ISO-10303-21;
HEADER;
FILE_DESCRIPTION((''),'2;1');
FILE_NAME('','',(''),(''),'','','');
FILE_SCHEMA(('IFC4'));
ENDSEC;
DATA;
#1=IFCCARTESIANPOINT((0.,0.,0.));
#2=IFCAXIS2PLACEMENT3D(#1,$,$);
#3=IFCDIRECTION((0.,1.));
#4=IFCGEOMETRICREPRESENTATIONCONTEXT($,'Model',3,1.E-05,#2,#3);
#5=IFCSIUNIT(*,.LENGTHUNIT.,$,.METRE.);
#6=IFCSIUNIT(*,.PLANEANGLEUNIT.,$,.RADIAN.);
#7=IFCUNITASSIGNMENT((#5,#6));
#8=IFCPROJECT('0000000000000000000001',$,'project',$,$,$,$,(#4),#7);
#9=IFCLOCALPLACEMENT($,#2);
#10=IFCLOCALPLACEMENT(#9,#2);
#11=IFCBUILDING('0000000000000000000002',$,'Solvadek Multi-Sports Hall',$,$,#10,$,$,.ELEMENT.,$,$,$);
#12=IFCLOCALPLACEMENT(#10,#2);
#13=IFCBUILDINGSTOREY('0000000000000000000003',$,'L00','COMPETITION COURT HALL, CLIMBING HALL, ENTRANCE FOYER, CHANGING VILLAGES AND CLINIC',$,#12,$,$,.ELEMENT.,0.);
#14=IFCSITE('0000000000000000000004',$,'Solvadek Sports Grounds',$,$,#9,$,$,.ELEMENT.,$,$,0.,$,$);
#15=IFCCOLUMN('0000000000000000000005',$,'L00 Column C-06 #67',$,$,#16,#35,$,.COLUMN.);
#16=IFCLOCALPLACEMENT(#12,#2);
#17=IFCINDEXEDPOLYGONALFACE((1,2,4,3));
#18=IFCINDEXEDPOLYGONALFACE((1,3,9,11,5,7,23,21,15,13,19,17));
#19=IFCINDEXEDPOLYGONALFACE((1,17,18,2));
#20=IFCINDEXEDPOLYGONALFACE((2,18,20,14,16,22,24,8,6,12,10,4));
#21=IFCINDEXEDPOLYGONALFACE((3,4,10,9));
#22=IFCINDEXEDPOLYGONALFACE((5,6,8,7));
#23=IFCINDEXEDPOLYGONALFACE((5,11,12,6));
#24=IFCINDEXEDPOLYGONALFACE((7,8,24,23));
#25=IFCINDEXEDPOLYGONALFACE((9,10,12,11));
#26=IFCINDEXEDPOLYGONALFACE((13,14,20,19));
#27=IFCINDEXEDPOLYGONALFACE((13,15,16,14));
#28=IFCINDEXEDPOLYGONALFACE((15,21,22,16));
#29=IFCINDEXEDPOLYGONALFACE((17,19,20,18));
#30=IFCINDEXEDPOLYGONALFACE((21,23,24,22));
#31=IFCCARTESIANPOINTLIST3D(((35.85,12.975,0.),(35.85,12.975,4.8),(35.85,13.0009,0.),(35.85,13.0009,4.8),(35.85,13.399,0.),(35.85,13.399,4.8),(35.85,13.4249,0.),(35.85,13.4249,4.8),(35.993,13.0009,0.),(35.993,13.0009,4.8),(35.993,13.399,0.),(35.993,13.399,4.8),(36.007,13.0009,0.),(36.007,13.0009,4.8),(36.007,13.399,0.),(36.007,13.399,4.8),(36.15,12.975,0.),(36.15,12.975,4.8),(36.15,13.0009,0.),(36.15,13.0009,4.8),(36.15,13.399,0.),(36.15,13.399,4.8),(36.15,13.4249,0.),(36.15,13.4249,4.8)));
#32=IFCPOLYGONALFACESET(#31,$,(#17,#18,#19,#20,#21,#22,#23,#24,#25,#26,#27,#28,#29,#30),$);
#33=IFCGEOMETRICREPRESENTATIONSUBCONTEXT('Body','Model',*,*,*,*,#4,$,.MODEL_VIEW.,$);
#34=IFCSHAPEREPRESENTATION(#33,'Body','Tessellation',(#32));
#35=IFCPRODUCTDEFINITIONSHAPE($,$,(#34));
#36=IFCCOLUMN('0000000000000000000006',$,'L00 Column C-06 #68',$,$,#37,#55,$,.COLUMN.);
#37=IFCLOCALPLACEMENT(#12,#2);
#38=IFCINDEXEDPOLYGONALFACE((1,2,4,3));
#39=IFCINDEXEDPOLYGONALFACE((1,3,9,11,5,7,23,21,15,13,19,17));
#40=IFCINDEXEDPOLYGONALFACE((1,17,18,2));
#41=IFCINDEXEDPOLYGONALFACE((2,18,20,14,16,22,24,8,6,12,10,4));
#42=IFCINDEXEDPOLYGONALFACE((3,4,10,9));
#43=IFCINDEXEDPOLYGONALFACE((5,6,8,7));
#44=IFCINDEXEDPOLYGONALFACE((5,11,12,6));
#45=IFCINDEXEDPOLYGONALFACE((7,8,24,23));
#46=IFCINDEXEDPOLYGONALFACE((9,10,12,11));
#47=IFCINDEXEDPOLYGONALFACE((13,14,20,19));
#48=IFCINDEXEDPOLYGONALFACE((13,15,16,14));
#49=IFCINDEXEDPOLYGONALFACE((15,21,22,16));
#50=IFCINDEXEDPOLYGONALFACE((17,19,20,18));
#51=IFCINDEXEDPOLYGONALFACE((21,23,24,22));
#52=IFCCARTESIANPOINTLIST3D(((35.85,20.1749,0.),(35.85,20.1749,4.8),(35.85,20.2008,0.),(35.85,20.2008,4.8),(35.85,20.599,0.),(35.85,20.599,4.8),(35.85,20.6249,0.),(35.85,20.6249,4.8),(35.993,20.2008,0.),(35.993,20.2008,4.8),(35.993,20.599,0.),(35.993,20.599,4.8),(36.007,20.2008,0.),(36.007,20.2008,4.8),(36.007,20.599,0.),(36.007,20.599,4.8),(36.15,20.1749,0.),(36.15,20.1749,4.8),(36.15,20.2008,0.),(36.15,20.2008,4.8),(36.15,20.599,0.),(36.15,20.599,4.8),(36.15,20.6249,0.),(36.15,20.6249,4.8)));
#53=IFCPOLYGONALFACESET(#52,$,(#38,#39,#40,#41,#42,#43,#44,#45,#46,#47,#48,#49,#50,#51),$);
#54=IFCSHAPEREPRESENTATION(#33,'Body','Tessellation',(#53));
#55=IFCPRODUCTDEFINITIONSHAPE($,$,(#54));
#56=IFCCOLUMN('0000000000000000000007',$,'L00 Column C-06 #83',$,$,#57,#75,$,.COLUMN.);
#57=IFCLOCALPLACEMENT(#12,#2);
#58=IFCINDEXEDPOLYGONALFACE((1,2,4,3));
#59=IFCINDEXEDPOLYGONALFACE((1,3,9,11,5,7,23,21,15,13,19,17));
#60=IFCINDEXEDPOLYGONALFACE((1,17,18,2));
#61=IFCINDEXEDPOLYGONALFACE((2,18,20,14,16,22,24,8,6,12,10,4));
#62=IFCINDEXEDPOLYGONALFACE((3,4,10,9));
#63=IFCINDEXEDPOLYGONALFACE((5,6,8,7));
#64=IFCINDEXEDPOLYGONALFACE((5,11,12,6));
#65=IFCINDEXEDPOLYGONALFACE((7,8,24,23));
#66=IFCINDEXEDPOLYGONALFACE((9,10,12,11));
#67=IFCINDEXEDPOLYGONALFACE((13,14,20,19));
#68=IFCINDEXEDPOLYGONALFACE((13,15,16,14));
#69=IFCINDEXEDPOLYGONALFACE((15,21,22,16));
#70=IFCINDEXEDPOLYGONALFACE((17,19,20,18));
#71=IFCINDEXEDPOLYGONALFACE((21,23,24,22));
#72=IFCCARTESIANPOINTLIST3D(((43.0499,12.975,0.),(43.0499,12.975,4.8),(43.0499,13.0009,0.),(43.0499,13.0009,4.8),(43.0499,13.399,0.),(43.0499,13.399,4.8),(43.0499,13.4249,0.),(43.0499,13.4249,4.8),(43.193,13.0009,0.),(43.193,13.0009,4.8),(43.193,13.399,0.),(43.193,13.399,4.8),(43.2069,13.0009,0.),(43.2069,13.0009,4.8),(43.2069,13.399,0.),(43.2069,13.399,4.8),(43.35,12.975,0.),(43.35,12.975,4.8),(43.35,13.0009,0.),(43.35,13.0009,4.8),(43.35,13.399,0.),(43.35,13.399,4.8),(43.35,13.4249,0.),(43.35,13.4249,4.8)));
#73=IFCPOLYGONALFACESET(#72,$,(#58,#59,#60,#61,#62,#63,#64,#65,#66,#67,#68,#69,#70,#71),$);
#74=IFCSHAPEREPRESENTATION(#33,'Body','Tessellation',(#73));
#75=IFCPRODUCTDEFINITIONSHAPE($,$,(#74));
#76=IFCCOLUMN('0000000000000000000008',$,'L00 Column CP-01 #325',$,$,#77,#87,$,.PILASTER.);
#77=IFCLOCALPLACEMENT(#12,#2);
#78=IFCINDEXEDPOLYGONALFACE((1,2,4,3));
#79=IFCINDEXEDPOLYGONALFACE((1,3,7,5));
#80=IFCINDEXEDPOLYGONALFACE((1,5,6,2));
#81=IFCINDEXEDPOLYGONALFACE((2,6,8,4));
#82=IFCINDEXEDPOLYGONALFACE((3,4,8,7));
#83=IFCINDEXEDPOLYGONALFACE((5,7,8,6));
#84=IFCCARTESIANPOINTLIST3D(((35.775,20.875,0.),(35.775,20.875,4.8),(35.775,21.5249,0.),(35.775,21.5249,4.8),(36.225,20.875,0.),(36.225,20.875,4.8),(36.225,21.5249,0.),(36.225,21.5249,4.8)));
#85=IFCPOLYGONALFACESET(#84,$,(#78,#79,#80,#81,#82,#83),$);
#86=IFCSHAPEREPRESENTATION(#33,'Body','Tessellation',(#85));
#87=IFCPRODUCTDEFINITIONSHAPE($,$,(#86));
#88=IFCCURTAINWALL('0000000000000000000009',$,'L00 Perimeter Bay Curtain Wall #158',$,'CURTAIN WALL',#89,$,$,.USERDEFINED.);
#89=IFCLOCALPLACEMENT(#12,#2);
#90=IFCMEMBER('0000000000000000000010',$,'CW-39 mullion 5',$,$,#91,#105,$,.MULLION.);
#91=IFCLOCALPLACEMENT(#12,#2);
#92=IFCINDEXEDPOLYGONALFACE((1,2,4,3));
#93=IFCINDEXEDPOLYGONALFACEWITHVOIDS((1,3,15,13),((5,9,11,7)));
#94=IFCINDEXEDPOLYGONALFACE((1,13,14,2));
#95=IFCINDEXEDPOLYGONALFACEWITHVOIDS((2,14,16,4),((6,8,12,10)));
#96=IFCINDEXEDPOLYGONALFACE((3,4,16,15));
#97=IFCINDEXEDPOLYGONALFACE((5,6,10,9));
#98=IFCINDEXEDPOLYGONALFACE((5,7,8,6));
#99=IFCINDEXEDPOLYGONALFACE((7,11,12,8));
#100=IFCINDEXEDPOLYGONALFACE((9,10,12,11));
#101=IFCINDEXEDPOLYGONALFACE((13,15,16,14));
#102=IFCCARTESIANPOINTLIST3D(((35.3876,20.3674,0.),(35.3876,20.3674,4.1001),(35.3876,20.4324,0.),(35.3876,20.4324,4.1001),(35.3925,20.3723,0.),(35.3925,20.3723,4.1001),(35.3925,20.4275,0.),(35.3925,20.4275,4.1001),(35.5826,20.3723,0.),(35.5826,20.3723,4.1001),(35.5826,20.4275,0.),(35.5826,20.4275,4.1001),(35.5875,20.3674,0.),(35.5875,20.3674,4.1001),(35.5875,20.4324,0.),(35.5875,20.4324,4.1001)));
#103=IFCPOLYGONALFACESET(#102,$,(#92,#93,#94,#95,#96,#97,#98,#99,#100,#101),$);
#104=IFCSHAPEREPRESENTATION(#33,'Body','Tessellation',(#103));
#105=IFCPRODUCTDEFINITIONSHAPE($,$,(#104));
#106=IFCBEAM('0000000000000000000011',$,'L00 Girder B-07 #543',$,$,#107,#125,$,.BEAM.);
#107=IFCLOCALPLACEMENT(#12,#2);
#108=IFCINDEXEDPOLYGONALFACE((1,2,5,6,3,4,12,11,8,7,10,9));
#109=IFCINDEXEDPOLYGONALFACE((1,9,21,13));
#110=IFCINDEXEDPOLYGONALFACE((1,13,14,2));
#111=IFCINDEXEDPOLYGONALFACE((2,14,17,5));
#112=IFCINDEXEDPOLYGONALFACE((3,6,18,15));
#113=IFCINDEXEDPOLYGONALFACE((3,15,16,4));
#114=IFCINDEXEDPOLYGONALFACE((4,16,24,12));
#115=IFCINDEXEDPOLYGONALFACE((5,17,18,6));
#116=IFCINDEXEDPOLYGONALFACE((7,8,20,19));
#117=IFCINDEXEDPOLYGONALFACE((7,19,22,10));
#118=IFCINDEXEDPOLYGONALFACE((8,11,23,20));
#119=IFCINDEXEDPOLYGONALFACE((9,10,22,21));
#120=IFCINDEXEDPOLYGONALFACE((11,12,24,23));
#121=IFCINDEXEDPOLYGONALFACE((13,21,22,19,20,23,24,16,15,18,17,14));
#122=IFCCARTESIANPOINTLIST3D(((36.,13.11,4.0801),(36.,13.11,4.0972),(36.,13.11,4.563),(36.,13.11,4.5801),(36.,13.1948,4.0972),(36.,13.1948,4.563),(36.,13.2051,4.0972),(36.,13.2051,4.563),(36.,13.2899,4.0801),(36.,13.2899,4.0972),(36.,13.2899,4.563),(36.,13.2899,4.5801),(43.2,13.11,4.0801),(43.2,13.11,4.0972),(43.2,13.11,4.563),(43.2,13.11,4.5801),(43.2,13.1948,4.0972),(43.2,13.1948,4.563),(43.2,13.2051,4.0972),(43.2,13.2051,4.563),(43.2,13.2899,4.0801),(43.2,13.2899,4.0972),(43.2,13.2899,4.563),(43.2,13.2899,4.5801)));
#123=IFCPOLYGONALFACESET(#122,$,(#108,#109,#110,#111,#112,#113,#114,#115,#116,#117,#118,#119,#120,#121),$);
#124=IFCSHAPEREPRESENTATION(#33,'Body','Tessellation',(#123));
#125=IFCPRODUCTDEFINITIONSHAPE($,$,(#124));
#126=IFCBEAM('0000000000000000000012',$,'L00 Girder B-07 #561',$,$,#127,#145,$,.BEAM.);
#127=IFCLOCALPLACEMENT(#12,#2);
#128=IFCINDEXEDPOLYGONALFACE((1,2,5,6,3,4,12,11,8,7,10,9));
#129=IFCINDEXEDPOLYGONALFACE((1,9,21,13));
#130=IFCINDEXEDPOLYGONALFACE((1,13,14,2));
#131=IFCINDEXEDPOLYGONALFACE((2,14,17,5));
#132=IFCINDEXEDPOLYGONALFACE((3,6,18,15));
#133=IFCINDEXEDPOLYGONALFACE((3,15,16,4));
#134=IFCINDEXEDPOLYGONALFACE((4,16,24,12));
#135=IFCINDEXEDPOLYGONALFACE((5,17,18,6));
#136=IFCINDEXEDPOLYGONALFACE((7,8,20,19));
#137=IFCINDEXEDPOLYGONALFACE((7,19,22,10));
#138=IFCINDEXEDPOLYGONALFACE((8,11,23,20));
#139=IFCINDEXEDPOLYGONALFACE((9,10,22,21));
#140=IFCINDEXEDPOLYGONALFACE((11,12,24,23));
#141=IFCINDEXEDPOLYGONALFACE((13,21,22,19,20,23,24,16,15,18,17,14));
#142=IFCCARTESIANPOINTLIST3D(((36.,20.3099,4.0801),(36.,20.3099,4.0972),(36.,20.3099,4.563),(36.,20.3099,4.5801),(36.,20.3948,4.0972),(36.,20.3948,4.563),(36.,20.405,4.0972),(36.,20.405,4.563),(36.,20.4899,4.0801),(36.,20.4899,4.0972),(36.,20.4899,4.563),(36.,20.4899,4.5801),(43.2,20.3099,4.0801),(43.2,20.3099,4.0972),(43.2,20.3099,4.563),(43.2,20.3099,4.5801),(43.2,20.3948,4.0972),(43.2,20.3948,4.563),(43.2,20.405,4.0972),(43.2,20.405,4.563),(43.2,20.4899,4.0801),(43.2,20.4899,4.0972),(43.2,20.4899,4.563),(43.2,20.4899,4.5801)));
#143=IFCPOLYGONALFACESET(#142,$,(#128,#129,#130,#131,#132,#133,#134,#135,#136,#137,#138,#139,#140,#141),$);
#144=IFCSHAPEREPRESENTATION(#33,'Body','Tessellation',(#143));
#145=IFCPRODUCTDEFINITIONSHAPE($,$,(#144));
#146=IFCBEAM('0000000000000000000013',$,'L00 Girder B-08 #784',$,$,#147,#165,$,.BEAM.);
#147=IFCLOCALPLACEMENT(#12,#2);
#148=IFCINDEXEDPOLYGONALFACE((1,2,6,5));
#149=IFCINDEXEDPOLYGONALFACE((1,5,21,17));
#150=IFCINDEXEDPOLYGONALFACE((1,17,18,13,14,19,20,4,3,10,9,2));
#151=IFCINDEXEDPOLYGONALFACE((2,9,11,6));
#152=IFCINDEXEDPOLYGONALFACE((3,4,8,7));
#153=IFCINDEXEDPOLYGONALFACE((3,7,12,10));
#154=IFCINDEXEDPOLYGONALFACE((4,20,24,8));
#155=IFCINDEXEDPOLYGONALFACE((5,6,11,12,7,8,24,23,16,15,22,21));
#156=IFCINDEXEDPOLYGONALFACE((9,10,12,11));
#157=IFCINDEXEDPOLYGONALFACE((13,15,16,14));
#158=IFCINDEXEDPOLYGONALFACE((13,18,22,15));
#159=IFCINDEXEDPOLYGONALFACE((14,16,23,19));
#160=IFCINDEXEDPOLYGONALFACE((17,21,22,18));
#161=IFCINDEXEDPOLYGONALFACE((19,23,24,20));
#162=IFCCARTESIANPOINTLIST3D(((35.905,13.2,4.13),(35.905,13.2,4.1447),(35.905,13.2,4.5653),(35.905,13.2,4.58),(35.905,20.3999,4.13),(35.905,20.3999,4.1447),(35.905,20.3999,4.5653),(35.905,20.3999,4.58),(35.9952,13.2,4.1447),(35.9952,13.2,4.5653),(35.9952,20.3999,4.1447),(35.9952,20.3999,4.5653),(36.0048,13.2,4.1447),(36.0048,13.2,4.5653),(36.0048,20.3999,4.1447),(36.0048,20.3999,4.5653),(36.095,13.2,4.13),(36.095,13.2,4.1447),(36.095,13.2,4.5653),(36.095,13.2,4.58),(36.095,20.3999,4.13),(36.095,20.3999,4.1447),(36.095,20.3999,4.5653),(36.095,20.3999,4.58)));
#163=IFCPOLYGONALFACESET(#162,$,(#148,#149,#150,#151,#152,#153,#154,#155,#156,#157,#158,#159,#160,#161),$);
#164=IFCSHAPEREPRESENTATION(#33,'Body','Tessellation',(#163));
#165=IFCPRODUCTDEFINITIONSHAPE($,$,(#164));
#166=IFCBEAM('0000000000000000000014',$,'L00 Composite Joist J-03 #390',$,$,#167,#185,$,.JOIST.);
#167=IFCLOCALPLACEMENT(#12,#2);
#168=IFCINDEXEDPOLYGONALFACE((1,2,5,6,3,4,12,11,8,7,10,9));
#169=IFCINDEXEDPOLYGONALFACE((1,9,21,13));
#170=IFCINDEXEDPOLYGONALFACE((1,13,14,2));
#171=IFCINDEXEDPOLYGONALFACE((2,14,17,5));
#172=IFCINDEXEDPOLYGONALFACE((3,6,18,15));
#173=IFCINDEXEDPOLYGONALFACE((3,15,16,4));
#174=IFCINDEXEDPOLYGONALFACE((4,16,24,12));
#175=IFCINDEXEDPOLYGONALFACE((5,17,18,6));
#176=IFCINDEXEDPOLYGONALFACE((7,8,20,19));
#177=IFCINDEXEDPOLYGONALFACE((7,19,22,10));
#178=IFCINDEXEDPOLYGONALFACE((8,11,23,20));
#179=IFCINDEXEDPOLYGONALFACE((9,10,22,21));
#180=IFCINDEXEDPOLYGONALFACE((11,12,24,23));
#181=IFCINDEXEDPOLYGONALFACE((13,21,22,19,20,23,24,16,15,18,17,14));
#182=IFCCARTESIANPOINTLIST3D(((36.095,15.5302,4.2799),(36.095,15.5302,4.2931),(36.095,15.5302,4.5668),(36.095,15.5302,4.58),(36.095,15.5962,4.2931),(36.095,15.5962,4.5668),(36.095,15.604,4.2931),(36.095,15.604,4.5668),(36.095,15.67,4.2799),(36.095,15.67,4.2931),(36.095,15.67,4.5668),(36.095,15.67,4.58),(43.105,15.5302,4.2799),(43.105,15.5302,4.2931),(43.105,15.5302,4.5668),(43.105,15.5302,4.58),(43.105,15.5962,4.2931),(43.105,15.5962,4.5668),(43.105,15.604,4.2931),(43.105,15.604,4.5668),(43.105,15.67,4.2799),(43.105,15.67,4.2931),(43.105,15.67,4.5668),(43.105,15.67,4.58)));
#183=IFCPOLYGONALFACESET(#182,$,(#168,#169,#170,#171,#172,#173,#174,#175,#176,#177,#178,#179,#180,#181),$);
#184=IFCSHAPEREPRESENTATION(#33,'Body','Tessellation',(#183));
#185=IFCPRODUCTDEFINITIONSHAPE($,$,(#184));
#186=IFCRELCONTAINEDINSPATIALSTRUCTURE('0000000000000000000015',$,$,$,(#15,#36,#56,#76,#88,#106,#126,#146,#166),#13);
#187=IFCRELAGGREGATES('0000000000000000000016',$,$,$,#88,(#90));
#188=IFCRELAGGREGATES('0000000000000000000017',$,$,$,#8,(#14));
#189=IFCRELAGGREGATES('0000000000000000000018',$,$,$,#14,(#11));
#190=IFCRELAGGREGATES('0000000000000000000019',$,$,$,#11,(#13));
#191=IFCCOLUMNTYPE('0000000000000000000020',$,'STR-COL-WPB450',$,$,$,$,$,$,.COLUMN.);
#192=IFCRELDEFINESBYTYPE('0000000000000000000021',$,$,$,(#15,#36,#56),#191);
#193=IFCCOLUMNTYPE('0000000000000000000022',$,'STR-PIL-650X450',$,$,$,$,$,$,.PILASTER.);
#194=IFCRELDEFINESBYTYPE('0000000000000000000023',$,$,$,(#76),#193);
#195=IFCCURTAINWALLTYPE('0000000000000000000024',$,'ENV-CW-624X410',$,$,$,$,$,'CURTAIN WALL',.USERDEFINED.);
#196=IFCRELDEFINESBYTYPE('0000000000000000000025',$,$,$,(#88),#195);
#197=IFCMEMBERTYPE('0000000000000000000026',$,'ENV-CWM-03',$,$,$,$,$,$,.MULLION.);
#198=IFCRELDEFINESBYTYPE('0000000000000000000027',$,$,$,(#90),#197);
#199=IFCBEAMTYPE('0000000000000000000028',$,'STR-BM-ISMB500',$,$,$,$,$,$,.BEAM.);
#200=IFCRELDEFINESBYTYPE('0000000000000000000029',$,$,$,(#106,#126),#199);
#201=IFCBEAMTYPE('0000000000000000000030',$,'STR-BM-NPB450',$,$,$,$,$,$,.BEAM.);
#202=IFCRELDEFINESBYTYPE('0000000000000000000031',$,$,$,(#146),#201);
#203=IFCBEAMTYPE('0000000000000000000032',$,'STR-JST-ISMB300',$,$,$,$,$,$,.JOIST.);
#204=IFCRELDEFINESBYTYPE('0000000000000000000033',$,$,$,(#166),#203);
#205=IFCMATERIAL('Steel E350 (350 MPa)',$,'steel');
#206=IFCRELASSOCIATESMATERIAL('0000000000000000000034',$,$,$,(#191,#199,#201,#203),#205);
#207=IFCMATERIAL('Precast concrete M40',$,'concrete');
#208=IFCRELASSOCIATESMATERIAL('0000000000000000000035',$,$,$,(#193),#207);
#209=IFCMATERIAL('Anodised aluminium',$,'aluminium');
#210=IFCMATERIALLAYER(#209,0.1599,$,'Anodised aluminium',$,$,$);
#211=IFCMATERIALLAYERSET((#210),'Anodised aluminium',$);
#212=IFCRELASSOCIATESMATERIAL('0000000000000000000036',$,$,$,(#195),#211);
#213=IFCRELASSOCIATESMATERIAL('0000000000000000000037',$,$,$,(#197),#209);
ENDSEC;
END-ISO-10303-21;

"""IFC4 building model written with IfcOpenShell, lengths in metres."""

from ifc_helpers import new_model, si_unit, direction, frame, origin, origin_2d, place, context, subcontext, project, spatial, rectangle, hollow_rectangle, i_section, extrude, material, layer, layer_set, material_profile, profile_set, type_object, element, aggregate, save


model = new_model("IFC4")

# Units and contexts
model_context = context("Model", 3, precision=1e-05, world=origin(), true_north=direction((0.0, 1.0)))
body_context = subcontext(model_context, "Body", "Model", "MODEL_VIEW")
ifc_project = project(units=[si_unit("LENGTHUNIT", "METRE"), si_unit("PLANEANGLEUNIT", "RADIAN")], contexts=[model_context])

# Site, building, storey
site_placement = place(None, origin())
site = spatial("IfcSite", under=ifc_project, at=site_placement, Name="Solvadek Sports Grounds", CompositionType="ELEMENT", RefElevation=0.0)
building_placement = place(site_placement, origin())
building = spatial("IfcBuilding", under=site, at=building_placement, Name="Solvadek Multi-Sports Hall", CompositionType="ELEMENT")
storey_placement = place(building_placement, origin())
storey = spatial("IfcBuildingStorey", under=building, at=storey_placement, Name="L00", Description="COMPETITION COURT HALL, CLIMBING HALL, ENTRANCE FOYER, CHANGING VILLAGES AND CLINIC", CompositionType="ELEMENT", Elevation=0.0)

# Columns
ifc_material_1 = material(Name="Steel E350 (350 MPa)", Category="steel")
ifc_material_profile_1 = material_profile(ifc_material_1, i_section(OverallWidth=0.3, OverallDepth=0.45, WebThickness=0.0139, FlangeThickness=0.0259, at=origin_2d()), Name="WPB 450")
ifc_profile_set_1 = profile_set([ifc_material_profile_1], Name="Steel E350 (350 MPa)")
column_type_1 = type_object("IfcColumnType", Name="STR-COL-WPB450", PredefinedType="COLUMN", material=ifc_profile_set_1)
for number, where, z_axis, x_axis, name in (
    (1, (36.0, 13.2, 0.0), (0.0, 0.0, 1.0), (1.0, 0.0, 0.0), "L00 Column C-06 #67"),
    (2, (36.0, 20.3999, 0.0), (0.0, 0.0, 1.0), (1.0, 0.0, 0.0), "L00 Column C-06 #68"),
    (3, (43.2, 13.2, 0.0), (0.0, 0.0, 1.0), (1.0, 0.0, 0.0), "L00 Column C-06 #83"),
):
    element("IfcColumn", number, at=place(storey_placement, frame(where, z_axis=z_axis, x_axis=x_axis)), inside=storey, type_object=column_type_1, Name=name, PredefinedType="COLUMN", context=body_context, shape_type="SweptSolid", body=[
        extrude(i_section(OverallWidth=0.3, OverallDepth=0.45, WebThickness=0.0139, FlangeThickness=0.0259, at=origin_2d()), origin(), (0.0, 0.0, 1.0), 4.8),
    ])
ifc_material_2 = material(Name="Precast concrete M40", Category="concrete")
ifc_material_profile_2 = material_profile(ifc_material_2, rectangle(XDim=0.45, YDim=0.6499, at=origin_2d()), Name="RC PILASTER 650x450")
ifc_profile_set_2 = profile_set([ifc_material_profile_2], Name="Precast concrete M40")
column_type_2 = type_object("IfcColumnType", Name="STR-PIL-650X450", PredefinedType="PILASTER", material=ifc_profile_set_2)
column_placement = place(storey_placement, frame((36.0, 21.2, 0.0), z_axis=(0.0, 0.0, 1.0), x_axis=(1.0, 0.0, 0.0)))
element("IfcColumn", 4, at=column_placement, inside=storey, type_object=column_type_2, Name="L00 Column CP-01 #325", PredefinedType="PILASTER", context=body_context, shape_type="SweptSolid", body=[
    extrude(rectangle(XDim=0.45, YDim=0.6499, at=origin_2d()), origin(), (0.0, 0.0, 1.0), 4.8),
])

# Curtain wall, member
ifc_material_3 = material(Name="Anodised aluminium", Category="aluminium")
ifc_layer_1 = layer(ifc_material_3, 0.1599, Name="Anodised aluminium")
ifc_layer_set_1 = layer_set([ifc_layer_1], Name="Anodised aluminium")
curtain_wall_type = type_object("IfcCurtainWallType", Name="ENV-CW-624X410", ElementType="CURTAIN WALL", PredefinedType="USERDEFINED", material=ifc_layer_set_1)
curtain_wall_placement = place(storey_placement, origin())
curtain_wall = element("IfcCurtainWall", 5, at=curtain_wall_placement, inside=storey, type_object=curtain_wall_type, Name="L00 Perimeter Bay Curtain Wall #158", ObjectType="CURTAIN WALL", PredefinedType="USERDEFINED")
ifc_material_profile_3 = material_profile(ifc_material_3, hollow_rectangle(XDim=0.0649, YDim=0.2, WallThickness=0.0049, at=origin_2d()), Name="ALU-M 200x65x5")
ifc_profile_set_3 = profile_set([ifc_material_profile_3], Name="Anodised aluminium")
member_type = type_object("IfcMemberType", Name="ENV-CWM-03", PredefinedType="MULLION", material=ifc_profile_set_3)
member_placement = place(storey_placement, frame((35.4875, 20.3999, 0.0), z_axis=(0.0, 0.0, 1.0), x_axis=(0.0, 1.0, 0.0)))
member = element("IfcMember", 6, at=member_placement, type_object=member_type, Name="CW-39 mullion 5", PredefinedType="MULLION", context=body_context, shape_type="SweptSolid", body=[
    extrude(hollow_rectangle(XDim=0.0649, YDim=0.2, WallThickness=0.0049, at=origin_2d()), origin(), (0.0, 0.0, 1.0), 4.1001),
])

# Beams
ifc_material_profile_4 = material_profile(ifc_material_1, i_section(OverallWidth=0.1799, OverallDepth=0.5, WebThickness=0.0103, FlangeThickness=0.0171, at=origin_2d()), Name="ISMB 500")
ifc_profile_set_4 = profile_set([ifc_material_profile_4], Name="Steel E350 (350 MPa)")
beam_type_1 = type_object("IfcBeamType", Name="STR-BM-ISMB500", PredefinedType="BEAM", material=ifc_profile_set_4)
for number, where, z_axis, x_axis, name in (
    (7, (36.0, 13.2, 4.3301), (1.0, 0.0, 0.0), (0.0, 1.0, 0.0), "L00 Girder B-07 #543"),
    (8, (36.0, 20.3999, 4.3301), (1.0, 0.0, 0.0), (0.0, 1.0, 0.0), "L00 Girder B-07 #561"),
):
    element("IfcBeam", number, at=place(storey_placement, frame(where, z_axis=z_axis, x_axis=x_axis)), inside=storey, type_object=beam_type_1, Name=name, PredefinedType="BEAM", context=body_context, shape_type="SweptSolid", body=[
        extrude(i_section(OverallWidth=0.1799, OverallDepth=0.5, WebThickness=0.0103, FlangeThickness=0.0171, at=origin_2d()), origin(), (0.0, 0.0, 1.0), 7.2),
    ])
ifc_material_profile_5 = material_profile(ifc_material_1, i_section(OverallWidth=0.1899, OverallDepth=0.45, WebThickness=0.0095, FlangeThickness=0.0146, at=origin_2d()), Name="NPB 450")
ifc_profile_set_5 = profile_set([ifc_material_profile_5], Name="Steel E350 (350 MPa)")
beam_type_2 = type_object("IfcBeamType", Name="STR-BM-NPB450", PredefinedType="BEAM", material=ifc_profile_set_5)
beam_1_placement = place(storey_placement, frame((36.0, 13.2, 4.355), z_axis=(0.0, 1.0, 0.0), x_axis=(-1.0, 0.0, 0.0)))
element("IfcBeam", 9, at=beam_1_placement, inside=storey, type_object=beam_type_2, Name="L00 Girder B-08 #784", PredefinedType="BEAM", context=body_context, shape_type="SweptSolid", body=[
    extrude(i_section(OverallWidth=0.1899, OverallDepth=0.45, WebThickness=0.0095, FlangeThickness=0.0146, at=origin_2d()), origin(), (0.0, 0.0, 1.0), 7.2),
])
ifc_material_profile_6 = material_profile(ifc_material_1, i_section(OverallWidth=0.1399, OverallDepth=0.3, WebThickness=0.0078, FlangeThickness=0.0132, at=origin_2d()), Name="ISMB 300")
ifc_profile_set_6 = profile_set([ifc_material_profile_6], Name="Steel E350 (350 MPa)")
beam_type_3 = type_object("IfcBeamType", Name="STR-JST-ISMB300", PredefinedType="JOIST", material=ifc_profile_set_6)
for number, where, z_axis, x_axis, name in (
    (10, (36.095, 15.6001, 4.4299), (1.0, 0.0, 0.0), (0.0, 1.0, 0.0), "L00 Composite Joist J-03 #390"),
):
    element("IfcBeam", number, at=place(storey_placement, frame(where, z_axis=z_axis, x_axis=x_axis)), inside=storey, type_object=beam_type_3, Name=name, PredefinedType="JOIST", context=body_context, shape_type="SweptSolid", body=[
        extrude(i_section(OverallWidth=0.1399, OverallDepth=0.3, WebThickness=0.0078, FlangeThickness=0.0132, at=origin_2d()), origin(), (0.0, 0.0, 1.0), 7.01),
    ])

aggregate(curtain_wall, [member])

save(model, "model.ifc")
